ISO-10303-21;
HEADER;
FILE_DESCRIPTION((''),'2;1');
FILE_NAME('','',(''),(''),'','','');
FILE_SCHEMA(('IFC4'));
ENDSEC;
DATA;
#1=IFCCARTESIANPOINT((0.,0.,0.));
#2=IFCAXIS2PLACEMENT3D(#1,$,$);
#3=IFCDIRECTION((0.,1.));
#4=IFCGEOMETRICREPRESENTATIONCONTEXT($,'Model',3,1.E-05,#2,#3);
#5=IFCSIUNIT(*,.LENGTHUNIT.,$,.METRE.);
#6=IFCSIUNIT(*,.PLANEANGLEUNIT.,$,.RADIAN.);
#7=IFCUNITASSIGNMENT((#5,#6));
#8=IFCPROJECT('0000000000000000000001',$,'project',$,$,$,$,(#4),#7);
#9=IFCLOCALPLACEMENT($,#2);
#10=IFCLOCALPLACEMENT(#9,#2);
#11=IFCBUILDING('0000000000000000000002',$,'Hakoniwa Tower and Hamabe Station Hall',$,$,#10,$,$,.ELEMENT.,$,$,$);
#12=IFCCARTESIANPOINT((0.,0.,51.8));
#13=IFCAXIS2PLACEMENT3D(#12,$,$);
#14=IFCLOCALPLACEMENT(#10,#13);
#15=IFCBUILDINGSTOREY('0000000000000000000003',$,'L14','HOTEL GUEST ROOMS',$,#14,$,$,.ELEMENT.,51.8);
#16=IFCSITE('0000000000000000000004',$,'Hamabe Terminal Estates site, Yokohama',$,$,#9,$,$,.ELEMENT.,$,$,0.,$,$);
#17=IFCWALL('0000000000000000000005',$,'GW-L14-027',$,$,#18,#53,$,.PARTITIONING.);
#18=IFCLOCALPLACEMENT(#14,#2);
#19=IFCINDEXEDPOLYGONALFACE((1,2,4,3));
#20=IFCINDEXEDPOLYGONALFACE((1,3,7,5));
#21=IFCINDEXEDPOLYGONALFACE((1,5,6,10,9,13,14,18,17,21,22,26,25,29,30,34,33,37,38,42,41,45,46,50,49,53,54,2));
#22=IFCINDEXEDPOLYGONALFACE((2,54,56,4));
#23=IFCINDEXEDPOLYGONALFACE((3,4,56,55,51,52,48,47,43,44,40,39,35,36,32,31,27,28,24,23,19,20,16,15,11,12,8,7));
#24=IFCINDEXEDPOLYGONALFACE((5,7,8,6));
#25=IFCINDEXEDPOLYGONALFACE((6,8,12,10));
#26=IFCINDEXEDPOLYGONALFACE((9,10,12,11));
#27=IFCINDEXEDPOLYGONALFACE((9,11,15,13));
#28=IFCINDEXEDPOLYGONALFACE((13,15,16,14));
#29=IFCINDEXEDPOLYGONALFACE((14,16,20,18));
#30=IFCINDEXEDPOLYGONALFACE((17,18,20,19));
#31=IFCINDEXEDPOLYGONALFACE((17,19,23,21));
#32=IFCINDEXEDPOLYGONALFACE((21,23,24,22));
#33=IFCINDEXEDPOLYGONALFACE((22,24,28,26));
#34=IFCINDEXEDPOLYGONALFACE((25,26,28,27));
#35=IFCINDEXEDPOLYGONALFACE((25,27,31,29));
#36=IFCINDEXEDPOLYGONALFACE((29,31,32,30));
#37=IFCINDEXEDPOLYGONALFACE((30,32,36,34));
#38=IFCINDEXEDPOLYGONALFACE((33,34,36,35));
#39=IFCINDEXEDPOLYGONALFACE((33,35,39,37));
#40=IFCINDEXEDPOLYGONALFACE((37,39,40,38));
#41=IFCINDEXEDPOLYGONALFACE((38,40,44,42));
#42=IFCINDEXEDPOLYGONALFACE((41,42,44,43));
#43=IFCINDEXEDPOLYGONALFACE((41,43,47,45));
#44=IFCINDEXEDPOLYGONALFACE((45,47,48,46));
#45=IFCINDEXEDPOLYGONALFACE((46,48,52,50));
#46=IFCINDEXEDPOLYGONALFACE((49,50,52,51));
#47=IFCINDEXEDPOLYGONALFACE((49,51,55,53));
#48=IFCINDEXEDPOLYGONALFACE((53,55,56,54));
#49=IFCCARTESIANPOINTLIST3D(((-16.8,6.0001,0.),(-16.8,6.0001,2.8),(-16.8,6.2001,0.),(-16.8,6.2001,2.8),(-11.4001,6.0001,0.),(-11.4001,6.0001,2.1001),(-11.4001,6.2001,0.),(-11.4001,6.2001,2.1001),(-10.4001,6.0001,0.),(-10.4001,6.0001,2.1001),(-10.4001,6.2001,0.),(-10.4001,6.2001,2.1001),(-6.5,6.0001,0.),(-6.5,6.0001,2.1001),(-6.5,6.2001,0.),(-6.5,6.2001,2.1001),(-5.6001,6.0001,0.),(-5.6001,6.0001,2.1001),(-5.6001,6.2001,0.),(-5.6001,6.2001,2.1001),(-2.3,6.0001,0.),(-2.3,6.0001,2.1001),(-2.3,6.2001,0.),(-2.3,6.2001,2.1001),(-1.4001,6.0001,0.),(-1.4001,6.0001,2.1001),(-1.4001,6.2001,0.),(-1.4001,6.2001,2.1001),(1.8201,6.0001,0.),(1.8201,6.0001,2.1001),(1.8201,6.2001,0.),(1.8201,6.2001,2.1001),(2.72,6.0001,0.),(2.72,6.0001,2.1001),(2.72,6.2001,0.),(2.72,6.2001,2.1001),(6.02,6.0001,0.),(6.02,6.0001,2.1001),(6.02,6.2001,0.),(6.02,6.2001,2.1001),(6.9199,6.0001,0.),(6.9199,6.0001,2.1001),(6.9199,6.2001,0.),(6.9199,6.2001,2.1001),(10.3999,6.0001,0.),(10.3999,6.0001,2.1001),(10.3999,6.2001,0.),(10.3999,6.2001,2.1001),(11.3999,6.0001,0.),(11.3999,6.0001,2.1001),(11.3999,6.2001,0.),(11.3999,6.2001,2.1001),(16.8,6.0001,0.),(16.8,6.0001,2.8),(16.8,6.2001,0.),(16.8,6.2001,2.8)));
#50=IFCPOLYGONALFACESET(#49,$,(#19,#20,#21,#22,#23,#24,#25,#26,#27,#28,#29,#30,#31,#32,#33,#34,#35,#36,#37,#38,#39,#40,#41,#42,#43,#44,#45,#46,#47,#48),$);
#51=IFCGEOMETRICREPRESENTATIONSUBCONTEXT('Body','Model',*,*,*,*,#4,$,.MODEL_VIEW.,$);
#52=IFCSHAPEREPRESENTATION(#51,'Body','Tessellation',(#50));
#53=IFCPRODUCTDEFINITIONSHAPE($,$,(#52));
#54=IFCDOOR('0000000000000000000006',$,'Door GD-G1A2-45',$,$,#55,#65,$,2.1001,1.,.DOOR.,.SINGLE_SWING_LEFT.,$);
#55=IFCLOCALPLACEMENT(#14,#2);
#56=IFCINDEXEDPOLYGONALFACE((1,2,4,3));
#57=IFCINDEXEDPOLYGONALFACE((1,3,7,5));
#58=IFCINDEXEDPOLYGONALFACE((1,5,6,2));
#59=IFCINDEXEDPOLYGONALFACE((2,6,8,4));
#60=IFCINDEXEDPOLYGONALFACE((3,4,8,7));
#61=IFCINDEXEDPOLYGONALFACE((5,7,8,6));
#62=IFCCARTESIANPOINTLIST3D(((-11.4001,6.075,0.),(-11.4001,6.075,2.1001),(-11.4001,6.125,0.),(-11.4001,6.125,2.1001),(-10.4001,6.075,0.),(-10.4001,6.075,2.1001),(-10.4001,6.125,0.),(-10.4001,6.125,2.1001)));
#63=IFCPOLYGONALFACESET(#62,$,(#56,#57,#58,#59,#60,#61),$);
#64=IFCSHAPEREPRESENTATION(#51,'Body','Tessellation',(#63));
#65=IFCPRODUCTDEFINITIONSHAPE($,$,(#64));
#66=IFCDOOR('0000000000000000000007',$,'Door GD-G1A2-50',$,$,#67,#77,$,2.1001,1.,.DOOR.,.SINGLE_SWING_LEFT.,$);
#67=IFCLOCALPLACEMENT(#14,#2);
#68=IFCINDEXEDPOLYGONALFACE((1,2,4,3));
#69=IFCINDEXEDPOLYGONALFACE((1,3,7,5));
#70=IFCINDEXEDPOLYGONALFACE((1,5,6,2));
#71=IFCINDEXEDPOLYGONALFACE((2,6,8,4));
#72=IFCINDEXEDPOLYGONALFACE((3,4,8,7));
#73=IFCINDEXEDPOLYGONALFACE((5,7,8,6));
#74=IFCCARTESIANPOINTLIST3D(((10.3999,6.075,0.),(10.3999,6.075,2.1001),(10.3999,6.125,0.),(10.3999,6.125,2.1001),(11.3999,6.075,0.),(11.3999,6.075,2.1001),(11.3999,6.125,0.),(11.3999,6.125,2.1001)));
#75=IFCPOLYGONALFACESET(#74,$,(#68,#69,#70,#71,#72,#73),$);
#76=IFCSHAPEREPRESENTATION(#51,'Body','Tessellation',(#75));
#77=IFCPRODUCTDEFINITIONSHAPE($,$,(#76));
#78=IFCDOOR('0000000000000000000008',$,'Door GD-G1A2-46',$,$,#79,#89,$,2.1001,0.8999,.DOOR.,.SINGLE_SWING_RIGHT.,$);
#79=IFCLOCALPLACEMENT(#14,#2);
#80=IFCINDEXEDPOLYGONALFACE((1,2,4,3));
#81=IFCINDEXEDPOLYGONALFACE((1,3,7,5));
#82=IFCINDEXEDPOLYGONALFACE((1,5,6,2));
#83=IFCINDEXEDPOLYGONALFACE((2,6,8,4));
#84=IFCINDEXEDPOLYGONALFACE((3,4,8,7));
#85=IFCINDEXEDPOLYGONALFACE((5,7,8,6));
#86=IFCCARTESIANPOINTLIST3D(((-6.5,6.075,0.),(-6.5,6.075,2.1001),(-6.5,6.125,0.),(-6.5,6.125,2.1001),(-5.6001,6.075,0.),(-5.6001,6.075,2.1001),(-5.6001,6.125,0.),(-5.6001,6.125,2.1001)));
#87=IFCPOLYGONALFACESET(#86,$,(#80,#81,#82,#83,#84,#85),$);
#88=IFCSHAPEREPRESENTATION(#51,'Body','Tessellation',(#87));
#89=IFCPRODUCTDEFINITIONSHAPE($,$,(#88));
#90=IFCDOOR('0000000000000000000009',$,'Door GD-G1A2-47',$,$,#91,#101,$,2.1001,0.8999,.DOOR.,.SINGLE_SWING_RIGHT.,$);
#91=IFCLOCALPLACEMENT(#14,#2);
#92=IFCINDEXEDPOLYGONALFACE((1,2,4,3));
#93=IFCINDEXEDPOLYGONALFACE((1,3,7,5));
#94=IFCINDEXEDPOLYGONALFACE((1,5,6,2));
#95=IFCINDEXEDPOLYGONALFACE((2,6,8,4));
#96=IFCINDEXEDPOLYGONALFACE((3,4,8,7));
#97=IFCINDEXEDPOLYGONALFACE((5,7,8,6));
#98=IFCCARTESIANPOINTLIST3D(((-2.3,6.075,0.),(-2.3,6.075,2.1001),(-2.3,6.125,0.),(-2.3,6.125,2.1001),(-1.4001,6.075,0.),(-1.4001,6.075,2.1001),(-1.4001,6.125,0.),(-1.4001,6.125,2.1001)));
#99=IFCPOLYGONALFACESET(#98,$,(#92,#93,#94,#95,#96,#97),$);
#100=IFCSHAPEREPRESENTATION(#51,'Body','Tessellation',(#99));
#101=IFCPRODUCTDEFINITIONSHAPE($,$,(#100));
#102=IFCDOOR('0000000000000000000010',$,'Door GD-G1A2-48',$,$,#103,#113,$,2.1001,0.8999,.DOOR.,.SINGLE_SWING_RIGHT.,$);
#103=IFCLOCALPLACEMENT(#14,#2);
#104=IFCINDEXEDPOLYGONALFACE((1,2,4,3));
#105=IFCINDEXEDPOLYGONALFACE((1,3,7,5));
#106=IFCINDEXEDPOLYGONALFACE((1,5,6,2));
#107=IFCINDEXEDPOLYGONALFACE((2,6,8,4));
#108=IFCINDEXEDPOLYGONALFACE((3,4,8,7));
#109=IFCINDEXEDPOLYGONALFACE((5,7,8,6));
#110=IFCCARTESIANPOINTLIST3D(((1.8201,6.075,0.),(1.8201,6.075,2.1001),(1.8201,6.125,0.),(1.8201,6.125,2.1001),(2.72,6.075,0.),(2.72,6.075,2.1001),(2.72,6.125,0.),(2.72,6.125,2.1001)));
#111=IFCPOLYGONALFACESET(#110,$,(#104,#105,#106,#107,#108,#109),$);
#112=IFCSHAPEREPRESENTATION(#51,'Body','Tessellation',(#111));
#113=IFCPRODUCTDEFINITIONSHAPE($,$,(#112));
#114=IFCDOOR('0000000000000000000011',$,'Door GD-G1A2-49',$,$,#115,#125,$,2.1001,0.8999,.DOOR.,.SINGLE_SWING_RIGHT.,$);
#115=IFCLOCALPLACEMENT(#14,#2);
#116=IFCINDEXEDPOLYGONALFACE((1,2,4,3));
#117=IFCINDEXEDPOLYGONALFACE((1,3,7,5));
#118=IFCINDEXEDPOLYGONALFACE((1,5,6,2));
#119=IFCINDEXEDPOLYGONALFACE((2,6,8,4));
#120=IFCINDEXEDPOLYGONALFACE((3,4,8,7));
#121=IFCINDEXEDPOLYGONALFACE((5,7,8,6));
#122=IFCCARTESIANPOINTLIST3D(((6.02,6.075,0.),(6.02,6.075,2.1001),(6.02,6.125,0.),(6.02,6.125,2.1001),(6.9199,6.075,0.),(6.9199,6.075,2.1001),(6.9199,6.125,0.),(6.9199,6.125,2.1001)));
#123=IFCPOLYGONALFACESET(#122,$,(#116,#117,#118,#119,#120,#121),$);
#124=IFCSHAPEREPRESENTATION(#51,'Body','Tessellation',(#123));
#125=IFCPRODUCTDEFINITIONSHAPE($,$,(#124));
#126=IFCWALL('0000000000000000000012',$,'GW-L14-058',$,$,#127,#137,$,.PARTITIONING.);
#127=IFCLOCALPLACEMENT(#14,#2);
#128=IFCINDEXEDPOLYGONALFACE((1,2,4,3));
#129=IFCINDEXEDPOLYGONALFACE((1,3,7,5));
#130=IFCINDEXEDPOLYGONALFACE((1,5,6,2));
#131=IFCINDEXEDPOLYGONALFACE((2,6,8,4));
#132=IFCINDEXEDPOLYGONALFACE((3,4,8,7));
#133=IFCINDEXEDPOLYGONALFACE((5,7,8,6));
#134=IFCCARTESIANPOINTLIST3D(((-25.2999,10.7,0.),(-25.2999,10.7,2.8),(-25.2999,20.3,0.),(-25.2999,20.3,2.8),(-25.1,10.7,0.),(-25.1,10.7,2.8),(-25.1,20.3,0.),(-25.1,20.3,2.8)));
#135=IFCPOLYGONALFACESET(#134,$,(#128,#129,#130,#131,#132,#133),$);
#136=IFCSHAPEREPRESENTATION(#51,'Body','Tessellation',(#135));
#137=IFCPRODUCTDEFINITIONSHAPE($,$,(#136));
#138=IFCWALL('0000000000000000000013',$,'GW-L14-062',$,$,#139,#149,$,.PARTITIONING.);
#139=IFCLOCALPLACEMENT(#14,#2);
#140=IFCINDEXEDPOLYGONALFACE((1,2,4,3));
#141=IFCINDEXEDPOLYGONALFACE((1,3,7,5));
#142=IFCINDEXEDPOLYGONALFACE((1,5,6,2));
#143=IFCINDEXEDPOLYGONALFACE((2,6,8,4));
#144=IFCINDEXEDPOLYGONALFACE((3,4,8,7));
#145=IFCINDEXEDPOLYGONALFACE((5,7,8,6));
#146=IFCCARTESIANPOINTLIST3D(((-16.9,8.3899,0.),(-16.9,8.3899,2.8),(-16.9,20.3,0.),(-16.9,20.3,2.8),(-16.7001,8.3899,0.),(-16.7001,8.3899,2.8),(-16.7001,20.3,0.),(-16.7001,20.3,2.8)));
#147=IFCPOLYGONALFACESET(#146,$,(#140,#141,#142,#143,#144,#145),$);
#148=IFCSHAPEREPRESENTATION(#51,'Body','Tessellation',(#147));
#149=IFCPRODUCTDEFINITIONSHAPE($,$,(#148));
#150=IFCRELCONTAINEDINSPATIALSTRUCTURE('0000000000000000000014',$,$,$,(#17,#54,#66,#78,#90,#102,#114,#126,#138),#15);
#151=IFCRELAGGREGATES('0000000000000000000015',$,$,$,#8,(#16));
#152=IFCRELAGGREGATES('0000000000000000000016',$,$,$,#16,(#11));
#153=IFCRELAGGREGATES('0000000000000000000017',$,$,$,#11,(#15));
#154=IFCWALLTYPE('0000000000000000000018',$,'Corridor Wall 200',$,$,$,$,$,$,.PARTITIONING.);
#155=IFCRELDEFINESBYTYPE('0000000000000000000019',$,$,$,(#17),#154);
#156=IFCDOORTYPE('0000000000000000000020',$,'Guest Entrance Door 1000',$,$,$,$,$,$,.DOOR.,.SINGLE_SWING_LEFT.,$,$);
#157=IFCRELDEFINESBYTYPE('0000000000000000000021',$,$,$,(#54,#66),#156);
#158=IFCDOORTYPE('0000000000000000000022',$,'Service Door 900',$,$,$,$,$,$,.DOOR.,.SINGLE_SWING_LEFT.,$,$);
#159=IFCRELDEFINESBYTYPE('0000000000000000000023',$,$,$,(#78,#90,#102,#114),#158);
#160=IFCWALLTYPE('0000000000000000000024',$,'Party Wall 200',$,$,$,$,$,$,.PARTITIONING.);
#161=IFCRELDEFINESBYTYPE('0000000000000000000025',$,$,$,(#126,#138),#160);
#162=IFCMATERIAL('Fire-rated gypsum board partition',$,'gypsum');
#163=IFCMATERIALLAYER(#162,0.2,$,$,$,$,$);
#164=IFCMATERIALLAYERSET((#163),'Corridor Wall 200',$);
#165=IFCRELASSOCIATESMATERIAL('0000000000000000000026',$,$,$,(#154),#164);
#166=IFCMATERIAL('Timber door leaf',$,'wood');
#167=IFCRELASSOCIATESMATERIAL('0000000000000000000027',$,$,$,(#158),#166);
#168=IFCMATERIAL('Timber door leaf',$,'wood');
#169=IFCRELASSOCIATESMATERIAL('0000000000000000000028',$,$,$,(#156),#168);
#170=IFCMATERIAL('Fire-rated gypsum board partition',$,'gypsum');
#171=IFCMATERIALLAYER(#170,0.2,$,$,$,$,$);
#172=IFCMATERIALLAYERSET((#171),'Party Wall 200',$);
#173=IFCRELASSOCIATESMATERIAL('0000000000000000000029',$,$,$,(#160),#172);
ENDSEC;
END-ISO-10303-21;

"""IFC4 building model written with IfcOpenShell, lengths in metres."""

from ifc_helpers import new_model, si_unit, direction, frame, frame_2d, origin, place, context, subcontext, project, spatial, rectangle, extrude, material, layer, layer_set, type_object, element, fill, save


model = new_model("IFC4")

# Units and contexts
model_context = context("Model", 3, precision=1e-05, world=origin(), true_north=direction((0.0, 1.0)))
body_context = subcontext(model_context, "Body", "Model", "MODEL_VIEW")
ifc_project = project(units=[si_unit("LENGTHUNIT", "METRE"), si_unit("PLANEANGLEUNIT", "RADIAN")], contexts=[model_context])

# Site, building, storey
site_placement = place(None, origin())
site = spatial("IfcSite", under=ifc_project, at=site_placement, Name="Hamabe Terminal Estates site, Yokohama", CompositionType="ELEMENT", RefElevation=0.0)
building_placement = place(site_placement, origin())
building = spatial("IfcBuilding", under=site, at=building_placement, Name="Hakoniwa Tower and Hamabe Station Hall", CompositionType="ELEMENT")
storey_placement = place(building_placement, frame((0.0, 0.0, 51.8)))
storey = spatial("IfcBuildingStorey", under=building, at=storey_placement, Name="L14", Description="HOTEL GUEST ROOMS", CompositionType="ELEMENT", Elevation=51.8)

# Wall, openings, doors
ifc_material_1 = material(Name="Fire-rated gypsum board partition", Category="gypsum")
ifc_layer_1 = layer(ifc_material_1, 0.2)
ifc_layer_set_1 = layer_set([ifc_layer_1], Name="Corridor Wall 200")
wall_type_1 = type_object("IfcWallType", Name="Corridor Wall 200", PredefinedType="PARTITIONING", material=ifc_layer_set_1)
ifc_material_2 = material(Name="Timber door leaf", Category="wood")
door_type_1 = type_object("IfcDoorType", Name="Service Door 900", OperationType="SINGLE_SWING_LEFT", PredefinedType="DOOR", material=ifc_material_2)
wall_1_placement = place(storey_placement, frame((-16.8, 6.1001, 0.0), z_axis=(0.0, 0.0, 1.0), x_axis=(1.0, 0.0, 0.0)))
wall_1 = element("IfcWall", 1, at=wall_1_placement, inside=storey, type_object=wall_type_1, Name="GW-L14-027", PredefinedType="PARTITIONING", context=body_context, shape_type="SweptSolid", body=[
    extrude(rectangle(XDim=33.6001, YDim=0.2, at=frame_2d((16.8, 0.0))), origin(), (0.0, 0.0, 1.0), 2.8),
])
opening_1_placement = place(wall_1_placement, frame((5.3999, 0.0, 0.0)))
opening_1 = element("IfcOpeningElement", 2, at=opening_1_placement, cuts=wall_1, PredefinedType="OPENING", context=body_context, shape_type="SweptSolid", body=[
    extrude(rectangle(XDim=1.0, YDim=2.1001, at=frame_2d((0.5, 1.05))), frame((0.0, 0.1099, 0.0), z_axis=(0.0, -1.0, 0.0), x_axis=(1.0, 0.0, 0.0)), (0.0, 0.0, 1.0), 0.22),
])
opening_2_placement = place(wall_1_placement, frame((10.3, 0.0, 0.0)))
opening_2 = element("IfcOpeningElement", 3, at=opening_2_placement, cuts=wall_1, PredefinedType="OPENING", context=body_context, shape_type="SweptSolid", body=[
    extrude(rectangle(XDim=0.8999, YDim=2.1001, at=frame_2d((0.45, 1.05))), frame((0.0, 0.1099, 0.0), z_axis=(0.0, -1.0, 0.0), x_axis=(1.0, 0.0, 0.0)), (0.0, 0.0, 1.0), 0.22),
])
opening_3_placement = place(wall_1_placement, frame((14.5, 0.0, 0.0)))
opening_3 = element("IfcOpeningElement", 4, at=opening_3_placement, cuts=wall_1, PredefinedType="OPENING", context=body_context, shape_type="SweptSolid", body=[
    extrude(rectangle(XDim=0.8999, YDim=2.1001, at=frame_2d((0.45, 1.05))), frame((0.0, 0.1099, 0.0), z_axis=(0.0, -1.0, 0.0), x_axis=(1.0, 0.0, 0.0)), (0.0, 0.0, 1.0), 0.22),
])
opening_4_placement = place(wall_1_placement, frame((18.6201, 0.0, 0.0)))
opening_4 = element("IfcOpeningElement", 5, at=opening_4_placement, cuts=wall_1, PredefinedType="OPENING", context=body_context, shape_type="SweptSolid", body=[
    extrude(rectangle(XDim=0.8999, YDim=2.1001, at=frame_2d((0.45, 1.05))), frame((0.0, 0.1099, 0.0), z_axis=(0.0, -1.0, 0.0), x_axis=(1.0, 0.0, 0.0)), (0.0, 0.0, 1.0), 0.22),
])
opening_5_placement = place(wall_1_placement, frame((22.8201, 0.0, 0.0)))
opening_5 = element("IfcOpeningElement", 6, at=opening_5_placement, cuts=wall_1, PredefinedType="OPENING", context=body_context, shape_type="SweptSolid", body=[
    extrude(rectangle(XDim=0.8999, YDim=2.1001, at=frame_2d((0.45, 1.05))), frame((0.0, 0.1099, 0.0), z_axis=(0.0, -1.0, 0.0), x_axis=(1.0, 0.0, 0.0)), (0.0, 0.0, 1.0), 0.22),
])
opening_6_placement = place(wall_1_placement, frame((27.2, 0.0, 0.0)))
opening_6 = element("IfcOpeningElement", 7, at=opening_6_placement, cuts=wall_1, PredefinedType="OPENING", context=body_context, shape_type="SweptSolid", body=[
    extrude(rectangle(XDim=1.0, YDim=2.1001, at=frame_2d((0.5, 1.05))), frame((0.0, 0.1099, 0.0), z_axis=(0.0, -1.0, 0.0), x_axis=(1.0, 0.0, 0.0)), (0.0, 0.0, 1.0), 0.22),
])
ifc_material_3 = material(Name="Timber door leaf", Category="wood")
door_type_2 = type_object("IfcDoorType", Name="Guest Entrance Door 1000", OperationType="SINGLE_SWING_LEFT", PredefinedType="DOOR", material=ifc_material_3)
door_1_placement = place(opening_1_placement, origin())
door_1 = element("IfcDoor", 8, at=door_1_placement, inside=storey, type_object=door_type_2, Name="Door GD-G1A2-45", OperationType="SINGLE_SWING_LEFT", OverallHeight=2.1001, OverallWidth=1.0, PredefinedType="DOOR", context=body_context, shape_type="SweptSolid", body=[
    extrude(rectangle(XDim=1.0, YDim=2.1001, at=frame_2d((0.5, 1.05))), frame((0.0, 0.0249, 0.0), z_axis=(0.0, -1.0, 0.0), x_axis=(1.0, 0.0, 0.0)), (0.0, 0.0, 1.0), 0.05),
])
fill(opening_1, door_1)
door_2_placement = place(opening_6_placement, origin())
door_2 = element("IfcDoor", 9, at=door_2_placement, inside=storey, type_object=door_type_2, Name="Door GD-G1A2-50", OperationType="SINGLE_SWING_LEFT", OverallHeight=2.1001, OverallWidth=1.0, PredefinedType="DOOR", context=body_context, shape_type="SweptSolid", body=[
    extrude(rectangle(XDim=1.0, YDim=2.1001, at=frame_2d((0.5, 1.05))), frame((0.0, 0.0249, 0.0), z_axis=(0.0, -1.0, 0.0), x_axis=(1.0, 0.0, 0.0)), (0.0, 0.0, 1.0), 0.05),
])
fill(opening_6, door_2)
door_3_placement = place(opening_2_placement, origin())
door_3 = element("IfcDoor", 10, at=door_3_placement, inside=storey, type_object=door_type_1, Name="Door GD-G1A2-46", OperationType="SINGLE_SWING_RIGHT", OverallHeight=2.1001, OverallWidth=0.8999, PredefinedType="DOOR", context=body_context, shape_type="SweptSolid", body=[
    extrude(rectangle(XDim=0.8999, YDim=2.1001, at=frame_2d((0.45, 1.05))), frame((0.0, 0.0249, 0.0), z_axis=(0.0, -1.0, 0.0), x_axis=(1.0, 0.0, 0.0)), (0.0, 0.0, 1.0), 0.05),
])
fill(opening_2, door_3)
door_4_placement = place(opening_3_placement, origin())
door_4 = element("IfcDoor", 11, at=door_4_placement, inside=storey, type_object=door_type_1, Name="Door GD-G1A2-47", OperationType="SINGLE_SWING_RIGHT", OverallHeight=2.1001, OverallWidth=0.8999, PredefinedType="DOOR", context=body_context, shape_type="SweptSolid", body=[
    extrude(rectangle(XDim=0.8999, YDim=2.1001, at=frame_2d((0.45, 1.05))), frame((0.0, 0.0249, 0.0), z_axis=(0.0, -1.0, 0.0), x_axis=(1.0, 0.0, 0.0)), (0.0, 0.0, 1.0), 0.05),
])
fill(opening_3, door_4)
door_5_placement = place(opening_4_placement, origin())
door_5 = element("IfcDoor", 12, at=door_5_placement, inside=storey, type_object=door_type_1, Name="Door GD-G1A2-48", OperationType="SINGLE_SWING_RIGHT", OverallHeight=2.1001, OverallWidth=0.8999, PredefinedType="DOOR", context=body_context, shape_type="SweptSolid", body=[
    extrude(rectangle(XDim=0.8999, YDim=2.1001, at=frame_2d((0.45, 1.05))), frame((0.0, 0.0249, 0.0), z_axis=(0.0, -1.0, 0.0), x_axis=(1.0, 0.0, 0.0)), (0.0, 0.0, 1.0), 0.05),
])
fill(opening_4, door_5)
door_6_placement = place(opening_5_placement, origin())
door_6 = element("IfcDoor", 13, at=door_6_placement, inside=storey, type_object=door_type_1, Name="Door GD-G1A2-49", OperationType="SINGLE_SWING_RIGHT", OverallHeight=2.1001, OverallWidth=0.8999, PredefinedType="DOOR", context=body_context, shape_type="SweptSolid", body=[
    extrude(rectangle(XDim=0.8999, YDim=2.1001, at=frame_2d((0.45, 1.05))), frame((0.0, 0.0249, 0.0), z_axis=(0.0, -1.0, 0.0), x_axis=(1.0, 0.0, 0.0)), (0.0, 0.0, 1.0), 0.05),
])
fill(opening_5, door_6)

# Walls
ifc_material_4 = material(Name="Fire-rated gypsum board partition", Category="gypsum")
ifc_layer_2 = layer(ifc_material_4, 0.2)
ifc_layer_set_2 = layer_set([ifc_layer_2], Name="Party Wall 200")
wall_type_2 = type_object("IfcWallType", Name="Party Wall 200", PredefinedType="PARTITIONING", material=ifc_layer_set_2)
wall_2_placement = place(storey_placement, frame((-25.2, 10.7, 0.0), z_axis=(0.0, 0.0, 1.0), x_axis=(0.0, 1.0, 0.0)))
element("IfcWall", 14, at=wall_2_placement, inside=storey, type_object=wall_type_2, Name="GW-L14-058", PredefinedType="PARTITIONING", context=body_context, shape_type="SweptSolid", body=[
    extrude(rectangle(XDim=9.6001, YDim=0.2, at=frame_2d((4.8, 0.0))), origin(), (0.0, 0.0, 1.0), 2.8),
])
wall_3_placement = place(storey_placement, frame((-16.8, 8.3899, 0.0), z_axis=(0.0, 0.0, 1.0), x_axis=(0.0, 1.0, 0.0)))
element("IfcWall", 15, at=wall_3_placement, inside=storey, type_object=wall_type_2, Name="GW-L14-062", PredefinedType="PARTITIONING", context=body_context, shape_type="SweptSolid", body=[
    extrude(rectangle(XDim=11.9102, YDim=0.2, at=frame_2d((5.9551, 0.0))), origin(), (0.0, 0.0, 1.0), 2.8),
])

save(model, "model.ifc")
